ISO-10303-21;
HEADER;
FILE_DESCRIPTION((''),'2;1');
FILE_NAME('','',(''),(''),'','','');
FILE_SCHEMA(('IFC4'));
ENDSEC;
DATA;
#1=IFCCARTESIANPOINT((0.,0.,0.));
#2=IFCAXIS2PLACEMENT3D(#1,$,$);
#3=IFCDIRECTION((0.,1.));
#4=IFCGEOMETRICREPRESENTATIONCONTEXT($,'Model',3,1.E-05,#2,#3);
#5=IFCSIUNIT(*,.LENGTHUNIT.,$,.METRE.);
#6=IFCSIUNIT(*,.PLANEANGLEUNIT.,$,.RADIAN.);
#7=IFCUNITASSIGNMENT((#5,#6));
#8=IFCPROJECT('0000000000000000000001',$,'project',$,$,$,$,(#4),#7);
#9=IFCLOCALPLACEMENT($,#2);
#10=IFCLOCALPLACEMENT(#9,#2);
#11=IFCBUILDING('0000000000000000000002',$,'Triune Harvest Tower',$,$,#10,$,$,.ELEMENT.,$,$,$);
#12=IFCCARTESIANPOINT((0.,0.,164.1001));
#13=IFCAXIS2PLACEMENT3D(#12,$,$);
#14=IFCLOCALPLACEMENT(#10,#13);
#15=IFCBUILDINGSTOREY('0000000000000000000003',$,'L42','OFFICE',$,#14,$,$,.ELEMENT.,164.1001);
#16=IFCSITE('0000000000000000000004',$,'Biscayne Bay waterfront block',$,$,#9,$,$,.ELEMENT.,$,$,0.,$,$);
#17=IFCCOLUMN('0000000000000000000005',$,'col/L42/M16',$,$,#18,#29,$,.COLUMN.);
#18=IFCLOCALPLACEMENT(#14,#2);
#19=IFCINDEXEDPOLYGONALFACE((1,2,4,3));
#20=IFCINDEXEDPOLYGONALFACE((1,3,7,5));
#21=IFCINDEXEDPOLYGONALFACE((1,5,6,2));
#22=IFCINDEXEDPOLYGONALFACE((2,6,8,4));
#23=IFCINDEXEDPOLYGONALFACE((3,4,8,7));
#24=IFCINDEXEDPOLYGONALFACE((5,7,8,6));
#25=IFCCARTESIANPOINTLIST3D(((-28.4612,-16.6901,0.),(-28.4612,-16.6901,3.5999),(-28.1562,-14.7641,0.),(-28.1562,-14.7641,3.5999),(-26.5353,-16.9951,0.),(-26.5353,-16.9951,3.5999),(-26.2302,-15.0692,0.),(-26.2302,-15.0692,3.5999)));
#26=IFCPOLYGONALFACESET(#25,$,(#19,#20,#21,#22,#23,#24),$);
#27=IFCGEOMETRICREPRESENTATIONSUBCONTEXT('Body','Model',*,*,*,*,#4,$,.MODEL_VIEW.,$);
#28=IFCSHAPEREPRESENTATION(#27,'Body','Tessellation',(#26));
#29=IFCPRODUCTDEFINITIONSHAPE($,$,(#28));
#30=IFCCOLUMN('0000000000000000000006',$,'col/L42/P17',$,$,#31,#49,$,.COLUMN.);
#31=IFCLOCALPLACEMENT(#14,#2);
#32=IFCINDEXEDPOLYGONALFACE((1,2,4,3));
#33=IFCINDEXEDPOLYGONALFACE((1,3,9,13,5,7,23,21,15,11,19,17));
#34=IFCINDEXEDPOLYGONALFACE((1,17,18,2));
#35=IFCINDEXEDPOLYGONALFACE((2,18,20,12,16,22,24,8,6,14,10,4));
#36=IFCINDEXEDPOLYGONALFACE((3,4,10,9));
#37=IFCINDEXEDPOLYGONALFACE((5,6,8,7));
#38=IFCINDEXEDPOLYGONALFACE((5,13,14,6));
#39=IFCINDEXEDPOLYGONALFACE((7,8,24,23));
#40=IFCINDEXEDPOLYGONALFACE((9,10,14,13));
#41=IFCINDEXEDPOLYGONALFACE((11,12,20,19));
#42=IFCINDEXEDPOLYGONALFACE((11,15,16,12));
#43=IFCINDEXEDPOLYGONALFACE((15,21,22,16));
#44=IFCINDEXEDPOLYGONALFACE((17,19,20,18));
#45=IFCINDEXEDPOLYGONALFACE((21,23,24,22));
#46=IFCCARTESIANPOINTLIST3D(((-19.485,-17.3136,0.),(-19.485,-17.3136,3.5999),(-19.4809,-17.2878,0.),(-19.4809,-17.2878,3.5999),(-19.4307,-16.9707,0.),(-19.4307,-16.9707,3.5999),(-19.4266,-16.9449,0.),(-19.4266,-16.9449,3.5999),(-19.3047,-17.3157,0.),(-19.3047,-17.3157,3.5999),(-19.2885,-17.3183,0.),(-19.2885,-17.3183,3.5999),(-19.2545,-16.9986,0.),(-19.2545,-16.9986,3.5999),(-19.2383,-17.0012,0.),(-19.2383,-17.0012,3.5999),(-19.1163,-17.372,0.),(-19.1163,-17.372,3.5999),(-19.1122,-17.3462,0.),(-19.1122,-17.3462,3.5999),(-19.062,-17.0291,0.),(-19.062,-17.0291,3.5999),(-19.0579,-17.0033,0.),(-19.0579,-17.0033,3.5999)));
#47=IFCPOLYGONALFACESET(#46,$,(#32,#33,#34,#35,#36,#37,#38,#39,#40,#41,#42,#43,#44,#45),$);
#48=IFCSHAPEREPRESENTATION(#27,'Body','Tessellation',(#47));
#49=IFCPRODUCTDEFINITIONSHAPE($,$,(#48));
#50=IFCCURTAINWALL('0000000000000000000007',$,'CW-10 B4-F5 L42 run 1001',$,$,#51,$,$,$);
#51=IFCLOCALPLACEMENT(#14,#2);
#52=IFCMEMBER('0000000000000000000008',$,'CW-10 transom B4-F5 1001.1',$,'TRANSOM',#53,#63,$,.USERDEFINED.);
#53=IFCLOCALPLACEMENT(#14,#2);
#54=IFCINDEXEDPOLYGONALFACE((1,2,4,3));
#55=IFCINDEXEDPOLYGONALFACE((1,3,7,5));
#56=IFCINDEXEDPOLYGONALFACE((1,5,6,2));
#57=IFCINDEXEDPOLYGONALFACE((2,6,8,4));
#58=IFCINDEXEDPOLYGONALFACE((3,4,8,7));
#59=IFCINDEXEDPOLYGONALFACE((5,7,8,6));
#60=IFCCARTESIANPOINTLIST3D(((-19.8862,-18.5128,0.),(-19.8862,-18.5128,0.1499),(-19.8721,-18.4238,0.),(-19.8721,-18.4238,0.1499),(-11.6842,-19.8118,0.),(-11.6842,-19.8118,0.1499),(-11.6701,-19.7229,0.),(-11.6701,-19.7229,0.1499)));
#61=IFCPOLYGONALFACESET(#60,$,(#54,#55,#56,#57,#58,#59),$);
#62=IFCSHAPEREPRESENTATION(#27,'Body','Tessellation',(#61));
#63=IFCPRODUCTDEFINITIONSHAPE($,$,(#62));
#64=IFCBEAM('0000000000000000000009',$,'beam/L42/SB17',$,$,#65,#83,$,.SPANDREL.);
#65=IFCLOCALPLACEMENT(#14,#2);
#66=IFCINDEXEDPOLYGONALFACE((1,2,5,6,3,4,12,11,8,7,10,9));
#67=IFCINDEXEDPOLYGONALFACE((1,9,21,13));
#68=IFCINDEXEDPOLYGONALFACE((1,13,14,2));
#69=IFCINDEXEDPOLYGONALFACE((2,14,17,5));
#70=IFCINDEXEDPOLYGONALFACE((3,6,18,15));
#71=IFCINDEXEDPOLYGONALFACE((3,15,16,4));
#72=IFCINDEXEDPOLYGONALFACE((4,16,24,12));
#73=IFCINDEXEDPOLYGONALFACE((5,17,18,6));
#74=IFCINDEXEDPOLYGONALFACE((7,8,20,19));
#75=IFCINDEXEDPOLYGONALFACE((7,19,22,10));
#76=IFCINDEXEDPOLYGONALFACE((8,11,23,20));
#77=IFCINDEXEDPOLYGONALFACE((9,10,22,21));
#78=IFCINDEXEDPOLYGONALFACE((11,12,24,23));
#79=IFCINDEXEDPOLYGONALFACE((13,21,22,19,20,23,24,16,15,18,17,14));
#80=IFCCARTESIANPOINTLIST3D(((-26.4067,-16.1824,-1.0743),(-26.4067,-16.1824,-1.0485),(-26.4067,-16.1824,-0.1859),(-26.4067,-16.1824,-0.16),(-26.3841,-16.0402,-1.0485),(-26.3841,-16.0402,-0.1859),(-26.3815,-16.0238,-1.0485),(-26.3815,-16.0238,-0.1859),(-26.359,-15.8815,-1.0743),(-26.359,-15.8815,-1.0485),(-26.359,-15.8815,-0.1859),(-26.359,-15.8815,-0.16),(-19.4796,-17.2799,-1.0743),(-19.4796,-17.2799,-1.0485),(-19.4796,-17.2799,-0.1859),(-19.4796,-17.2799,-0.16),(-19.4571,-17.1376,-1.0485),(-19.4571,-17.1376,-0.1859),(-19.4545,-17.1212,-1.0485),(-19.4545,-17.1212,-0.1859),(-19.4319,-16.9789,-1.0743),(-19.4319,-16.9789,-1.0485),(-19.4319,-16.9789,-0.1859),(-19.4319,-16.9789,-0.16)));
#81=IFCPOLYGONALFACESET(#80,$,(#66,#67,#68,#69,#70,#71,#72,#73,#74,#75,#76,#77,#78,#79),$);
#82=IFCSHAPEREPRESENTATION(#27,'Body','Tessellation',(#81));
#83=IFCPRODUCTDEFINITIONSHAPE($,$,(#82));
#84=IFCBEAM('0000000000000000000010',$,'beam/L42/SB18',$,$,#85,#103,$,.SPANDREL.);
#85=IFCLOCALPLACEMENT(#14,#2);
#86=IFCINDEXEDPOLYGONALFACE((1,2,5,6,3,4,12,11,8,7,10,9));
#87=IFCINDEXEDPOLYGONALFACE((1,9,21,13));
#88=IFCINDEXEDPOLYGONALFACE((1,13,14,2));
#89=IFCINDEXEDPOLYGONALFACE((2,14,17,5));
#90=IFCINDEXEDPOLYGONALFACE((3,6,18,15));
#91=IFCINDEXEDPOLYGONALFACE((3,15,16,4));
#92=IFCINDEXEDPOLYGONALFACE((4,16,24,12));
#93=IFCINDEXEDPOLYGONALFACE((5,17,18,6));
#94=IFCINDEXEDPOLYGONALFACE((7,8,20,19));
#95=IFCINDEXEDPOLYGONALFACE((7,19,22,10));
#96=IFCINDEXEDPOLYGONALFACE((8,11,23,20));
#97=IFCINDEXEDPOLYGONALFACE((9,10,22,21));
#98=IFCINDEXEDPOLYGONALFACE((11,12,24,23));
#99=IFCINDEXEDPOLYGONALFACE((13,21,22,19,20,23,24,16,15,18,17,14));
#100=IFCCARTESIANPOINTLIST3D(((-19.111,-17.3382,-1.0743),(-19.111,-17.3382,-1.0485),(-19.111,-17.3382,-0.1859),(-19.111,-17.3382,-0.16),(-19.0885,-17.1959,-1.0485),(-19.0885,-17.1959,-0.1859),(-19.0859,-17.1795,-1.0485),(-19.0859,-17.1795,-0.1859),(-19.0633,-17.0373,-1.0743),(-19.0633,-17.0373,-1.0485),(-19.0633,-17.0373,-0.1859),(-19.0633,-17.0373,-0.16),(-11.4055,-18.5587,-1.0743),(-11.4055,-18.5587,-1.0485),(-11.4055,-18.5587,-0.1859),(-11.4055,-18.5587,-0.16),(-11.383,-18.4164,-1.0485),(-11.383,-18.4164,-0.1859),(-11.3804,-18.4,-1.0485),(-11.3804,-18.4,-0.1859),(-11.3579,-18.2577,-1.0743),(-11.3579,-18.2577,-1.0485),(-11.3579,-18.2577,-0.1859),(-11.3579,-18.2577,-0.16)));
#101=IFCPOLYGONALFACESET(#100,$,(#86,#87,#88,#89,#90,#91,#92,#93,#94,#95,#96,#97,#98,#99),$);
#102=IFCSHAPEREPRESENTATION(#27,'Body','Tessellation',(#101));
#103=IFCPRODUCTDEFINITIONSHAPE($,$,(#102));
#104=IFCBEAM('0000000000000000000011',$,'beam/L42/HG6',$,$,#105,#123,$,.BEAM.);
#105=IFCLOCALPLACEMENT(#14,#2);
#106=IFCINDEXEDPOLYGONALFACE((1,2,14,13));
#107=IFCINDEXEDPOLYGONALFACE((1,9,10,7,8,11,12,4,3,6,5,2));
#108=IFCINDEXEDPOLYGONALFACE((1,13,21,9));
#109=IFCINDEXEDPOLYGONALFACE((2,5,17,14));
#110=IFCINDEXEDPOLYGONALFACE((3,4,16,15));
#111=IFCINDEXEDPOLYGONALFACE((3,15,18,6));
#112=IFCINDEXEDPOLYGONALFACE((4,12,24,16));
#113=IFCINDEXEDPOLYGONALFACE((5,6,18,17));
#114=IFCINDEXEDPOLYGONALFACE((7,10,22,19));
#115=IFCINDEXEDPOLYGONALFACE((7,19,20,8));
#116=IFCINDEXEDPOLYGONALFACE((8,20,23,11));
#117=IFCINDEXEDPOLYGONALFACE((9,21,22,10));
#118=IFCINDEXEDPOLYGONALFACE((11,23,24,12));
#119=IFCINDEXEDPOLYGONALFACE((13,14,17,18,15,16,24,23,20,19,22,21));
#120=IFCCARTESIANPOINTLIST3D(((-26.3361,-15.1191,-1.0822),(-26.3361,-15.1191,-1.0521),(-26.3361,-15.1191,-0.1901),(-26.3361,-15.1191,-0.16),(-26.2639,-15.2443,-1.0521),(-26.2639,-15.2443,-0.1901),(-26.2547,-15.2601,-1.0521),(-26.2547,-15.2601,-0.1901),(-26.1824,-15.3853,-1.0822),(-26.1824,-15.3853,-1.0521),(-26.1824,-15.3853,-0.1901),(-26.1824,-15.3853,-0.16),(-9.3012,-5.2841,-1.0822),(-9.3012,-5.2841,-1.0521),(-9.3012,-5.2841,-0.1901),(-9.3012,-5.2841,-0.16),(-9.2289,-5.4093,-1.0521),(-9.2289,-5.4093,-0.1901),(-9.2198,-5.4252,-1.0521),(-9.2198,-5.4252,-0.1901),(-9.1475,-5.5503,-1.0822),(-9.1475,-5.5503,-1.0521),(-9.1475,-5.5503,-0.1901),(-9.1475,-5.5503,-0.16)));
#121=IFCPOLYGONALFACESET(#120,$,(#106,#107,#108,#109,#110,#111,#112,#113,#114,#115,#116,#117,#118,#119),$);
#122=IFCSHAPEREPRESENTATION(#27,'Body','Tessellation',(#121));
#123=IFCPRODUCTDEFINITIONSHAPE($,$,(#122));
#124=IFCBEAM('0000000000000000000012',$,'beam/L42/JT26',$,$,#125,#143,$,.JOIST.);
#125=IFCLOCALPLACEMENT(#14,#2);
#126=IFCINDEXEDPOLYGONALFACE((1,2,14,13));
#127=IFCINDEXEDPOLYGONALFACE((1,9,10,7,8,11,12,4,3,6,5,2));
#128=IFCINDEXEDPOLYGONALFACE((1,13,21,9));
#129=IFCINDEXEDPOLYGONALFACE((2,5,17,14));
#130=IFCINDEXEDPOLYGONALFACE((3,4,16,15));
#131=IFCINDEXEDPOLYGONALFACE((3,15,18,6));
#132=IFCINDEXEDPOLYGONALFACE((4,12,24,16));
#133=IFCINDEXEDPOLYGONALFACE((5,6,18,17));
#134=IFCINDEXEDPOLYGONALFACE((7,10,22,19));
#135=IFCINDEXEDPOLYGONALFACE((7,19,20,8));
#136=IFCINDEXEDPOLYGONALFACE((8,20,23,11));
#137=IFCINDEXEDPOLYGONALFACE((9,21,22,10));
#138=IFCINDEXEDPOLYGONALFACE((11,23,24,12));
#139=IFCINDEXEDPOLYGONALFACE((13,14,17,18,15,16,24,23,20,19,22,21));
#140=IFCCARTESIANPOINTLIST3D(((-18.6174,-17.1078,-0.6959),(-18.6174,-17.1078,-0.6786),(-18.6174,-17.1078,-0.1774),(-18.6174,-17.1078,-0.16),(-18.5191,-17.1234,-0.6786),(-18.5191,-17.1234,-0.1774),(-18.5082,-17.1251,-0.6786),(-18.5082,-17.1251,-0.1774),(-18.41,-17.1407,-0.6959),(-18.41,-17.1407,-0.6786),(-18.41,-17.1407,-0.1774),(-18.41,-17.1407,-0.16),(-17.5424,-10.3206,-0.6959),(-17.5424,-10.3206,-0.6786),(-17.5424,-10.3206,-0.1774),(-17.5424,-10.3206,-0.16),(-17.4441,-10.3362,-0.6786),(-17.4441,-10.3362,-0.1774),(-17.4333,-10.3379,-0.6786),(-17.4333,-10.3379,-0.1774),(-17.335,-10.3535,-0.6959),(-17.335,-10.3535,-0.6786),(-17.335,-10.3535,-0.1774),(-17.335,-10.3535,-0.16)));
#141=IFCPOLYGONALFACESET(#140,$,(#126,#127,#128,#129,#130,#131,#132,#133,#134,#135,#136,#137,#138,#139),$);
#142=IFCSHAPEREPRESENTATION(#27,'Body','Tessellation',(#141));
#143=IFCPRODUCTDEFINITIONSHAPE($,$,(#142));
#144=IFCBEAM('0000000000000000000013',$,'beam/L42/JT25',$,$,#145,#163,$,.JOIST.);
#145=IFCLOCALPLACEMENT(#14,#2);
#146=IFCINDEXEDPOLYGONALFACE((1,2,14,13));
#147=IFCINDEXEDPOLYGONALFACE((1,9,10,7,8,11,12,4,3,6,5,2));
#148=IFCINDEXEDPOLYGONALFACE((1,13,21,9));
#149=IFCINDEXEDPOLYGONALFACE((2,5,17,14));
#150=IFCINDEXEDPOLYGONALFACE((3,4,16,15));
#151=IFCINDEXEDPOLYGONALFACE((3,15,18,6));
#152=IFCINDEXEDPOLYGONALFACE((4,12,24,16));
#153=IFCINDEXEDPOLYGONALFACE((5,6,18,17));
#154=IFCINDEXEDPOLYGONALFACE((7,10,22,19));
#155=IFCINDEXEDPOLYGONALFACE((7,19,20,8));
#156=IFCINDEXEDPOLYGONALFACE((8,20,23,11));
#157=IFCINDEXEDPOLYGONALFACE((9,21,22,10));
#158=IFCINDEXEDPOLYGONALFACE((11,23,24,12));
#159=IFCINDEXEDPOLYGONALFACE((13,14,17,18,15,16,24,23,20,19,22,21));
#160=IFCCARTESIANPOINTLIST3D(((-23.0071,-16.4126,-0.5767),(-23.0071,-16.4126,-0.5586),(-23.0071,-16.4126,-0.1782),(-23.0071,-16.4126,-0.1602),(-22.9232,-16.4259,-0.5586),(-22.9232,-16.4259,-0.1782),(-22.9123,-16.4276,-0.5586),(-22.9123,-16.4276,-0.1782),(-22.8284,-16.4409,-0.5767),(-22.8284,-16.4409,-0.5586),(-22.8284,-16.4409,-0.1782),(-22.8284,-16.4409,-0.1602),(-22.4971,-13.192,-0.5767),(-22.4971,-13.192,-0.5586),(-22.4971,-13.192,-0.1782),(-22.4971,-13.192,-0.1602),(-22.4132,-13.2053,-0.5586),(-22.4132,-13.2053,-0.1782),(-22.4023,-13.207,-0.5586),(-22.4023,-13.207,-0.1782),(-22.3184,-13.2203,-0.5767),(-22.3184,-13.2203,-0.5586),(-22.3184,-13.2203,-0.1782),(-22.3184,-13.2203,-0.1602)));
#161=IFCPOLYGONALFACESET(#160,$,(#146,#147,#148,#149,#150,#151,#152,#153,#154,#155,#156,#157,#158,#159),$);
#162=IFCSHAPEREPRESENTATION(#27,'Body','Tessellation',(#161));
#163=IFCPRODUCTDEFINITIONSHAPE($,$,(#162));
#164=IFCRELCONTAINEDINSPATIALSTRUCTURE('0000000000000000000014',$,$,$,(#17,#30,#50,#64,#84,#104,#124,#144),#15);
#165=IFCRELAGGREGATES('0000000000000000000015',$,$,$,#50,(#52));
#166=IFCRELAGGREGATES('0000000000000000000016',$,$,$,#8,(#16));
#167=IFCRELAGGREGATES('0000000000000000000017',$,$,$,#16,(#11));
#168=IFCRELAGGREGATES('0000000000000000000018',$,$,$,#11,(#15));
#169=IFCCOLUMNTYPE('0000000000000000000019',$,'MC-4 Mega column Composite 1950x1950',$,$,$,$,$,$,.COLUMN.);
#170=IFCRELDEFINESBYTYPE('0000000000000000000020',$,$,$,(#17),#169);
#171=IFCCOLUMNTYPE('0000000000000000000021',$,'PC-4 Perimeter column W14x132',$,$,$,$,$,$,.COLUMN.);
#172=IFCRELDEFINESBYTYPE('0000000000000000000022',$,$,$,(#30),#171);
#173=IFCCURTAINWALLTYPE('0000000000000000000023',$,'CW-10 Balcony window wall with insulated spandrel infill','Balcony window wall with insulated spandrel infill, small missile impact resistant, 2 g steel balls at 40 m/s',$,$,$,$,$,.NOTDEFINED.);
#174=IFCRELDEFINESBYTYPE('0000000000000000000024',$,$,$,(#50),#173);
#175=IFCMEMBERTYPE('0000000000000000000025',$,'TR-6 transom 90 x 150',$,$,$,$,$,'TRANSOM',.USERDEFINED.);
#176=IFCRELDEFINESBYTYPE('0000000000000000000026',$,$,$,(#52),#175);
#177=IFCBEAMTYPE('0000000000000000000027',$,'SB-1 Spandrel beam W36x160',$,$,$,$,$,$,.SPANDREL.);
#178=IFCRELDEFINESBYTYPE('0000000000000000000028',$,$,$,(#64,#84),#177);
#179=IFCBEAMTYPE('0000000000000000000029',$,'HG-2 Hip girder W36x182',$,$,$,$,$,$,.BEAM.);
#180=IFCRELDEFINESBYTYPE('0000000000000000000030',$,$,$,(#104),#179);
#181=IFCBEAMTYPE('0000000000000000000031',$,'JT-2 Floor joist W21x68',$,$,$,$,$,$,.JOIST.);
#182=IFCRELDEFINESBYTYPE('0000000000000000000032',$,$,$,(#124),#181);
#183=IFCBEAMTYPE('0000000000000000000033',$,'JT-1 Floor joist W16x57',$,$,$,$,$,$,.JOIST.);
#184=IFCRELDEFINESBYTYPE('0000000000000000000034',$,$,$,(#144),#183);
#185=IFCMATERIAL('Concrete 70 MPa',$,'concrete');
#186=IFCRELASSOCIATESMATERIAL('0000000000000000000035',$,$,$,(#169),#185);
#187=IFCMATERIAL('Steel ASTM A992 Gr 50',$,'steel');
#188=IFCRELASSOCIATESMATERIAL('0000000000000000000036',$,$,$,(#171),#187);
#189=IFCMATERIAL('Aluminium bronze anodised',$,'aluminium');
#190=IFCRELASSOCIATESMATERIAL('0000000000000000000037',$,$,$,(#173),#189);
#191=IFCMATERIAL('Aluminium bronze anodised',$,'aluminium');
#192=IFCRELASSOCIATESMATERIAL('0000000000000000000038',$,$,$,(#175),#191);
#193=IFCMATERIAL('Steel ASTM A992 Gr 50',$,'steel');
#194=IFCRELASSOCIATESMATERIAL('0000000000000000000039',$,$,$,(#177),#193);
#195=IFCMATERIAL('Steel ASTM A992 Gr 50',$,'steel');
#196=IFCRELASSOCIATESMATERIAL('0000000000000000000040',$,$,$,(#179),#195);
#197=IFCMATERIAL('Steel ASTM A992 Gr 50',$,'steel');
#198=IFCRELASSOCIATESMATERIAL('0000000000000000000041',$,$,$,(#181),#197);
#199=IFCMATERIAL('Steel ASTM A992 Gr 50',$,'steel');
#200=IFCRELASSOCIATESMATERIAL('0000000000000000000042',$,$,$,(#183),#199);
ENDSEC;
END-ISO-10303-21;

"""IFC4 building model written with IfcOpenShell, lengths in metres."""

from ifc_helpers import new_model, si_unit, direction, frame, origin, origin_2d, place, context, subcontext, project, spatial, rectangle, i_section, extrude, source, transform, mapped, material, material_profile, profile_set, type_object, element, aggregate, save


model = new_model("IFC4")

# Units and contexts
model_context = context("Model", 3, precision=1e-05, world=origin(), true_north=direction((0.0, 1.0)))
body_context = subcontext(model_context, "Body", "Model", "MODEL_VIEW")
ifc_project = project(units=[si_unit("LENGTHUNIT", "METRE"), si_unit("PLANEANGLEUNIT", "RADIAN")], contexts=[model_context])

# Site, building, storey
site_placement = place(None, origin())
site = spatial("IfcSite", under=ifc_project, at=site_placement, Name="Biscayne Bay waterfront block", CompositionType="ELEMENT", RefElevation=0.0)
building_placement = place(site_placement, origin())
building = spatial("IfcBuilding", under=site, at=building_placement, Name="Triune Harvest Tower", CompositionType="ELEMENT")
storey_placement = place(building_placement, frame((0.0, 0.0, 164.1001)))
storey = spatial("IfcBuildingStorey", under=building, at=storey_placement, Name="L42", Description="OFFICE", CompositionType="ELEMENT", Elevation=164.1001)

# Columns
ifc_material_1 = material(Name="Concrete 70 MPa", Category="concrete")
ifc_material_profile_1 = material_profile(ifc_material_1, rectangle(XDim=1.95, YDim=1.95, at=origin_2d()), Name="Composite 1950x1950")
ifc_profile_set_1 = profile_set([ifc_material_profile_1], Name="Concrete 70 MPa")
column_type_1 = type_object("IfcColumnType", Name="MC-4 Mega column Composite 1950x1950", PredefinedType="COLUMN", material=ifc_profile_set_1)
shared_shape_1 = source(origin(), body_context, "Body", "SweptSolid", [
    extrude(rectangle(XDim=1.95, YDim=1.95, at=origin_2d()), origin(), (0.0, 0.0, 1.0), 3.5999),
])
column_1_placement = place(storey_placement, frame((-27.3457, -15.8796, 0.0), z_axis=(0.0, 0.0, 1.0), x_axis=(0.987688, -0.156434, 0.0)))
element("IfcColumn", 1, at=column_1_placement, inside=storey, type_object=column_type_1, Name="col/L42/M16", PredefinedType="COLUMN", context=body_context, shape_type="MappedRepresentation", body=[
    mapped(shared_shape_1, transform((0.0, 0.0, 0.0), scale=1.0)),
])
ifc_material_2 = material(Name="Steel ASTM A992 Gr 50", Category="steel")
ifc_material_profile_2 = material_profile(ifc_material_2, i_section(OverallWidth=0.3733, OverallDepth=0.3733, WebThickness=0.0164, FlangeThickness=0.0261, at=origin_2d()), Name="W14x132")
ifc_profile_set_2 = profile_set([ifc_material_profile_2], Name="Steel ASTM A992 Gr 50")
column_type_2 = type_object("IfcColumnType", Name="PC-4 Perimeter column W14x132", PredefinedType="COLUMN", material=ifc_profile_set_2)
shared_shape_2 = source(origin(), body_context, "Body", "SweptSolid", [
    extrude(i_section(OverallWidth=0.3733, OverallDepth=0.3733, WebThickness=0.0164, FlangeThickness=0.0261, at=origin_2d()), origin(), (0.0, 0.0, 1.0), 3.5999),
])
column_2_placement = place(storey_placement, frame((-19.2715, -17.1584, 0.0), z_axis=(0.0, 0.0, 1.0), x_axis=(0.987688, -0.156434, 0.0)))
element("IfcColumn", 2, at=column_2_placement, inside=storey, type_object=column_type_2, Name="col/L42/P17", PredefinedType="COLUMN", context=body_context, shape_type="MappedRepresentation", body=[
    mapped(shared_shape_2, transform((0.0, 0.0, 0.0), scale=1.0)),
])

# Curtain wall, member
ifc_material_3 = material(Name="Aluminium bronze anodised", Category="aluminium")
curtain_wall_type_1 = type_object("IfcCurtainWallType", Name="CW-10 Balcony window wall with insulated spandrel infill", Description="Balcony window wall with insulated spandrel infill, small missile impact resistant, 2 g steel balls at 40 m/s", PredefinedType="NOTDEFINED", material=ifc_material_3)
curtain_wall_1_placement = place(storey_placement, origin())
curtain_wall_1 = element("IfcCurtainWall", 3, at=curtain_wall_1_placement, inside=storey, type_object=curtain_wall_type_1, Name="CW-10 B4-F5 L42 run 1001")
ifc_material_4 = material(Name="Aluminium bronze anodised", Category="aluminium")
ifc_material_profile_3 = material_profile(ifc_material_4, rectangle(XDim=0.0901, YDim=0.1499, at=origin_2d()), Name="TR-6 transom 90 x 150")
ifc_profile_set_3 = profile_set([ifc_material_profile_3], Name="Aluminium bronze anodised")
member_type_1 = type_object("IfcMemberType", Name="TR-6 transom 90 x 150", ElementType="TRANSOM", PredefinedType="USERDEFINED", material=ifc_profile_set_3)
member_1_placement = place(storey_placement, frame((-19.8792, -18.4683, 0.075), z_axis=(0.987688, -0.156437, 0.0), x_axis=(0.156437, 0.987688, 0.0)))
member_1 = element("IfcMember", 4, at=member_1_placement, type_object=member_type_1, Name="CW-10 transom B4-F5 1001.1", ObjectType="TRANSOM", PredefinedType="USERDEFINED", context=body_context, shape_type="SweptSolid", body=[
    extrude(rectangle(XDim=0.0901, YDim=0.1499, at=origin_2d()), origin(), (0.0, 0.0, 1.0), 8.3042),
])

# Beams
ifc_material_5 = material(Name="Steel ASTM A992 Gr 50", Category="steel")
ifc_material_profile_4 = material_profile(ifc_material_5, i_section(OverallWidth=0.3047, OverallDepth=0.9143, WebThickness=0.0166, FlangeThickness=0.0259, at=origin_2d()), Name="W36x160")
ifc_profile_set_4 = profile_set([ifc_material_profile_4], Name="Steel ASTM A992 Gr 50")
beam_type_1 = type_object("IfcBeamType", Name="SB-1 Spandrel beam W36x160", PredefinedType="SPANDREL", material=ifc_profile_set_4)
shared_shape_3 = source(origin(), body_context, "Body", "SweptSolid", [
    extrude(i_section(OverallWidth=0.3047, OverallDepth=0.9143, WebThickness=0.0166, FlangeThickness=0.0259, at=origin_2d()), origin(), (0.0, 0.0, 1.0), 7.0134),
])
beam_1_placement = place(storey_placement, frame((-26.3828, -16.032, -0.6172), z_axis=(0.987682, -0.156474, 0.0), x_axis=(0.156474, 0.987682, 0.0)))
element("IfcBeam", 5, at=beam_1_placement, inside=storey, type_object=beam_type_1, Name="beam/L42/SB17", PredefinedType="SPANDREL", context=body_context, shape_type="MappedRepresentation", body=[
    mapped(shared_shape_3, transform((0.0, 0.0, 0.0), scale=1.0)),
])
shared_shape_4 = source(origin(), body_context, "Body", "SweptSolid", [
    extrude(i_section(OverallWidth=0.3047, OverallDepth=0.9143, WebThickness=0.0166, FlangeThickness=0.0259, at=origin_2d()), origin(), (0.0, 0.0, 1.0), 7.8015),
])
beam_2_placement = place(storey_placement, frame((-19.0872, -17.1877, -0.6172), z_axis=(0.987688, -0.156437, 0.0), x_axis=(0.156437, 0.987688, 0.0)))
element("IfcBeam", 6, at=beam_2_placement, inside=storey, type_object=beam_type_1, Name="beam/L42/SB18", PredefinedType="SPANDREL", context=body_context, shape_type="MappedRepresentation", body=[
    mapped(shared_shape_4, transform((0.0, 0.0, 0.0), scale=1.0)),
])
ifc_material_6 = material(Name="Steel ASTM A992 Gr 50", Category="steel")
ifc_material_profile_5 = material_profile(ifc_material_6, i_section(OverallWidth=0.3074, OverallDepth=0.9221, WebThickness=0.0183, FlangeThickness=0.03, at=origin_2d()), Name="W36x182")
ifc_profile_set_5 = profile_set([ifc_material_profile_5], Name="Steel ASTM A992 Gr 50")
beam_type_2 = type_object("IfcBeamType", Name="HG-2 Hip girder W36x182", PredefinedType="BEAM", material=ifc_profile_set_5)
shared_shape_5 = source(origin(), body_context, "Body", "SweptSolid", [
    extrude(i_section(OverallWidth=0.3074, OverallDepth=0.9221, WebThickness=0.0183, FlangeThickness=0.03, at=origin_2d()), origin(), (0.0, 0.0, 1.0), 19.6702),
])
beam_3_placement = place(storey_placement, frame((-26.2593, -15.2522, -0.6211), z_axis=(0.866029, 0.499994, 0.0), x_axis=(-0.499994, 0.866029, 0.0)))
element("IfcBeam", 7, at=beam_3_placement, inside=storey, type_object=beam_type_2, Name="beam/L42/HG6", PredefinedType="BEAM", context=body_context, shape_type="MappedRepresentation", body=[
    mapped(shared_shape_5, transform((0.0, 0.0, 0.0), scale=1.0)),
])
ifc_material_7 = material(Name="Steel ASTM A992 Gr 50", Category="steel")
ifc_material_profile_6 = material_profile(ifc_material_7, i_section(OverallWidth=0.21, OverallDepth=0.5359, WebThickness=0.011, FlangeThickness=0.0173, at=origin_2d()), Name="W21x68")
ifc_profile_set_6 = profile_set([ifc_material_profile_6], Name="Steel ASTM A992 Gr 50")
beam_type_3 = type_object("IfcBeamType", Name="JT-2 Floor joist W21x68", PredefinedType="JOIST", material=ifc_profile_set_6)
shared_shape_6 = source(origin(), body_context, "Body", "SweptSolid", [
    extrude(i_section(OverallWidth=0.21, OverallDepth=0.5359, WebThickness=0.011, FlangeThickness=0.0173, at=origin_2d()), origin(), (0.0, 0.0, 1.0), 6.8718),
])
beam_4_placement = place(storey_placement, frame((-18.5137, -17.1243, -0.428), z_axis=(0.156431, 0.987689, 0.0), x_axis=(-0.987689, 0.156431, 0.0)))
element("IfcBeam", 8, at=beam_4_placement, inside=storey, type_object=beam_type_3, Name="beam/L42/JT26", PredefinedType="JOIST", context=body_context, shape_type="MappedRepresentation", body=[
    mapped(shared_shape_6, transform((0.0, 0.0, 0.0), scale=1.0)),
])
ifc_material_8 = material(Name="Steel ASTM A992 Gr 50", Category="steel")
ifc_material_profile_7 = material_profile(ifc_material_8, i_section(OverallWidth=0.1809, OverallDepth=0.4165, WebThickness=0.011, FlangeThickness=0.0181, at=origin_2d()), Name="W16x57")
ifc_profile_set_7 = profile_set([ifc_material_profile_7], Name="Steel ASTM A992 Gr 50")
beam_type_4 = type_object("IfcBeamType", Name="JT-1 Floor joist W16x57", PredefinedType="JOIST", material=ifc_profile_set_7)
shared_shape_7 = source(origin(), body_context, "Body", "SweptSolid", [
    extrude(i_section(OverallWidth=0.1809, OverallDepth=0.4165, WebThickness=0.011, FlangeThickness=0.0181, at=origin_2d()), origin(), (0.0, 0.0, 1.0), 3.2607),
])
beam_5_placement = place(storey_placement, frame((-22.9177, -16.4268, -0.3684), z_axis=(0.156405, 0.987693, 0.0), x_axis=(-0.987693, 0.156405, 0.0)))
element("IfcBeam", 9, at=beam_5_placement, inside=storey, type_object=beam_type_4, Name="beam/L42/JT25", PredefinedType="JOIST", context=body_context, shape_type="MappedRepresentation", body=[
    mapped(shared_shape_7, transform((0.0, 0.0, 0.0), scale=1.0)),
])

aggregate(curtain_wall_1, [member_1])

save(model, "model.ifc")
